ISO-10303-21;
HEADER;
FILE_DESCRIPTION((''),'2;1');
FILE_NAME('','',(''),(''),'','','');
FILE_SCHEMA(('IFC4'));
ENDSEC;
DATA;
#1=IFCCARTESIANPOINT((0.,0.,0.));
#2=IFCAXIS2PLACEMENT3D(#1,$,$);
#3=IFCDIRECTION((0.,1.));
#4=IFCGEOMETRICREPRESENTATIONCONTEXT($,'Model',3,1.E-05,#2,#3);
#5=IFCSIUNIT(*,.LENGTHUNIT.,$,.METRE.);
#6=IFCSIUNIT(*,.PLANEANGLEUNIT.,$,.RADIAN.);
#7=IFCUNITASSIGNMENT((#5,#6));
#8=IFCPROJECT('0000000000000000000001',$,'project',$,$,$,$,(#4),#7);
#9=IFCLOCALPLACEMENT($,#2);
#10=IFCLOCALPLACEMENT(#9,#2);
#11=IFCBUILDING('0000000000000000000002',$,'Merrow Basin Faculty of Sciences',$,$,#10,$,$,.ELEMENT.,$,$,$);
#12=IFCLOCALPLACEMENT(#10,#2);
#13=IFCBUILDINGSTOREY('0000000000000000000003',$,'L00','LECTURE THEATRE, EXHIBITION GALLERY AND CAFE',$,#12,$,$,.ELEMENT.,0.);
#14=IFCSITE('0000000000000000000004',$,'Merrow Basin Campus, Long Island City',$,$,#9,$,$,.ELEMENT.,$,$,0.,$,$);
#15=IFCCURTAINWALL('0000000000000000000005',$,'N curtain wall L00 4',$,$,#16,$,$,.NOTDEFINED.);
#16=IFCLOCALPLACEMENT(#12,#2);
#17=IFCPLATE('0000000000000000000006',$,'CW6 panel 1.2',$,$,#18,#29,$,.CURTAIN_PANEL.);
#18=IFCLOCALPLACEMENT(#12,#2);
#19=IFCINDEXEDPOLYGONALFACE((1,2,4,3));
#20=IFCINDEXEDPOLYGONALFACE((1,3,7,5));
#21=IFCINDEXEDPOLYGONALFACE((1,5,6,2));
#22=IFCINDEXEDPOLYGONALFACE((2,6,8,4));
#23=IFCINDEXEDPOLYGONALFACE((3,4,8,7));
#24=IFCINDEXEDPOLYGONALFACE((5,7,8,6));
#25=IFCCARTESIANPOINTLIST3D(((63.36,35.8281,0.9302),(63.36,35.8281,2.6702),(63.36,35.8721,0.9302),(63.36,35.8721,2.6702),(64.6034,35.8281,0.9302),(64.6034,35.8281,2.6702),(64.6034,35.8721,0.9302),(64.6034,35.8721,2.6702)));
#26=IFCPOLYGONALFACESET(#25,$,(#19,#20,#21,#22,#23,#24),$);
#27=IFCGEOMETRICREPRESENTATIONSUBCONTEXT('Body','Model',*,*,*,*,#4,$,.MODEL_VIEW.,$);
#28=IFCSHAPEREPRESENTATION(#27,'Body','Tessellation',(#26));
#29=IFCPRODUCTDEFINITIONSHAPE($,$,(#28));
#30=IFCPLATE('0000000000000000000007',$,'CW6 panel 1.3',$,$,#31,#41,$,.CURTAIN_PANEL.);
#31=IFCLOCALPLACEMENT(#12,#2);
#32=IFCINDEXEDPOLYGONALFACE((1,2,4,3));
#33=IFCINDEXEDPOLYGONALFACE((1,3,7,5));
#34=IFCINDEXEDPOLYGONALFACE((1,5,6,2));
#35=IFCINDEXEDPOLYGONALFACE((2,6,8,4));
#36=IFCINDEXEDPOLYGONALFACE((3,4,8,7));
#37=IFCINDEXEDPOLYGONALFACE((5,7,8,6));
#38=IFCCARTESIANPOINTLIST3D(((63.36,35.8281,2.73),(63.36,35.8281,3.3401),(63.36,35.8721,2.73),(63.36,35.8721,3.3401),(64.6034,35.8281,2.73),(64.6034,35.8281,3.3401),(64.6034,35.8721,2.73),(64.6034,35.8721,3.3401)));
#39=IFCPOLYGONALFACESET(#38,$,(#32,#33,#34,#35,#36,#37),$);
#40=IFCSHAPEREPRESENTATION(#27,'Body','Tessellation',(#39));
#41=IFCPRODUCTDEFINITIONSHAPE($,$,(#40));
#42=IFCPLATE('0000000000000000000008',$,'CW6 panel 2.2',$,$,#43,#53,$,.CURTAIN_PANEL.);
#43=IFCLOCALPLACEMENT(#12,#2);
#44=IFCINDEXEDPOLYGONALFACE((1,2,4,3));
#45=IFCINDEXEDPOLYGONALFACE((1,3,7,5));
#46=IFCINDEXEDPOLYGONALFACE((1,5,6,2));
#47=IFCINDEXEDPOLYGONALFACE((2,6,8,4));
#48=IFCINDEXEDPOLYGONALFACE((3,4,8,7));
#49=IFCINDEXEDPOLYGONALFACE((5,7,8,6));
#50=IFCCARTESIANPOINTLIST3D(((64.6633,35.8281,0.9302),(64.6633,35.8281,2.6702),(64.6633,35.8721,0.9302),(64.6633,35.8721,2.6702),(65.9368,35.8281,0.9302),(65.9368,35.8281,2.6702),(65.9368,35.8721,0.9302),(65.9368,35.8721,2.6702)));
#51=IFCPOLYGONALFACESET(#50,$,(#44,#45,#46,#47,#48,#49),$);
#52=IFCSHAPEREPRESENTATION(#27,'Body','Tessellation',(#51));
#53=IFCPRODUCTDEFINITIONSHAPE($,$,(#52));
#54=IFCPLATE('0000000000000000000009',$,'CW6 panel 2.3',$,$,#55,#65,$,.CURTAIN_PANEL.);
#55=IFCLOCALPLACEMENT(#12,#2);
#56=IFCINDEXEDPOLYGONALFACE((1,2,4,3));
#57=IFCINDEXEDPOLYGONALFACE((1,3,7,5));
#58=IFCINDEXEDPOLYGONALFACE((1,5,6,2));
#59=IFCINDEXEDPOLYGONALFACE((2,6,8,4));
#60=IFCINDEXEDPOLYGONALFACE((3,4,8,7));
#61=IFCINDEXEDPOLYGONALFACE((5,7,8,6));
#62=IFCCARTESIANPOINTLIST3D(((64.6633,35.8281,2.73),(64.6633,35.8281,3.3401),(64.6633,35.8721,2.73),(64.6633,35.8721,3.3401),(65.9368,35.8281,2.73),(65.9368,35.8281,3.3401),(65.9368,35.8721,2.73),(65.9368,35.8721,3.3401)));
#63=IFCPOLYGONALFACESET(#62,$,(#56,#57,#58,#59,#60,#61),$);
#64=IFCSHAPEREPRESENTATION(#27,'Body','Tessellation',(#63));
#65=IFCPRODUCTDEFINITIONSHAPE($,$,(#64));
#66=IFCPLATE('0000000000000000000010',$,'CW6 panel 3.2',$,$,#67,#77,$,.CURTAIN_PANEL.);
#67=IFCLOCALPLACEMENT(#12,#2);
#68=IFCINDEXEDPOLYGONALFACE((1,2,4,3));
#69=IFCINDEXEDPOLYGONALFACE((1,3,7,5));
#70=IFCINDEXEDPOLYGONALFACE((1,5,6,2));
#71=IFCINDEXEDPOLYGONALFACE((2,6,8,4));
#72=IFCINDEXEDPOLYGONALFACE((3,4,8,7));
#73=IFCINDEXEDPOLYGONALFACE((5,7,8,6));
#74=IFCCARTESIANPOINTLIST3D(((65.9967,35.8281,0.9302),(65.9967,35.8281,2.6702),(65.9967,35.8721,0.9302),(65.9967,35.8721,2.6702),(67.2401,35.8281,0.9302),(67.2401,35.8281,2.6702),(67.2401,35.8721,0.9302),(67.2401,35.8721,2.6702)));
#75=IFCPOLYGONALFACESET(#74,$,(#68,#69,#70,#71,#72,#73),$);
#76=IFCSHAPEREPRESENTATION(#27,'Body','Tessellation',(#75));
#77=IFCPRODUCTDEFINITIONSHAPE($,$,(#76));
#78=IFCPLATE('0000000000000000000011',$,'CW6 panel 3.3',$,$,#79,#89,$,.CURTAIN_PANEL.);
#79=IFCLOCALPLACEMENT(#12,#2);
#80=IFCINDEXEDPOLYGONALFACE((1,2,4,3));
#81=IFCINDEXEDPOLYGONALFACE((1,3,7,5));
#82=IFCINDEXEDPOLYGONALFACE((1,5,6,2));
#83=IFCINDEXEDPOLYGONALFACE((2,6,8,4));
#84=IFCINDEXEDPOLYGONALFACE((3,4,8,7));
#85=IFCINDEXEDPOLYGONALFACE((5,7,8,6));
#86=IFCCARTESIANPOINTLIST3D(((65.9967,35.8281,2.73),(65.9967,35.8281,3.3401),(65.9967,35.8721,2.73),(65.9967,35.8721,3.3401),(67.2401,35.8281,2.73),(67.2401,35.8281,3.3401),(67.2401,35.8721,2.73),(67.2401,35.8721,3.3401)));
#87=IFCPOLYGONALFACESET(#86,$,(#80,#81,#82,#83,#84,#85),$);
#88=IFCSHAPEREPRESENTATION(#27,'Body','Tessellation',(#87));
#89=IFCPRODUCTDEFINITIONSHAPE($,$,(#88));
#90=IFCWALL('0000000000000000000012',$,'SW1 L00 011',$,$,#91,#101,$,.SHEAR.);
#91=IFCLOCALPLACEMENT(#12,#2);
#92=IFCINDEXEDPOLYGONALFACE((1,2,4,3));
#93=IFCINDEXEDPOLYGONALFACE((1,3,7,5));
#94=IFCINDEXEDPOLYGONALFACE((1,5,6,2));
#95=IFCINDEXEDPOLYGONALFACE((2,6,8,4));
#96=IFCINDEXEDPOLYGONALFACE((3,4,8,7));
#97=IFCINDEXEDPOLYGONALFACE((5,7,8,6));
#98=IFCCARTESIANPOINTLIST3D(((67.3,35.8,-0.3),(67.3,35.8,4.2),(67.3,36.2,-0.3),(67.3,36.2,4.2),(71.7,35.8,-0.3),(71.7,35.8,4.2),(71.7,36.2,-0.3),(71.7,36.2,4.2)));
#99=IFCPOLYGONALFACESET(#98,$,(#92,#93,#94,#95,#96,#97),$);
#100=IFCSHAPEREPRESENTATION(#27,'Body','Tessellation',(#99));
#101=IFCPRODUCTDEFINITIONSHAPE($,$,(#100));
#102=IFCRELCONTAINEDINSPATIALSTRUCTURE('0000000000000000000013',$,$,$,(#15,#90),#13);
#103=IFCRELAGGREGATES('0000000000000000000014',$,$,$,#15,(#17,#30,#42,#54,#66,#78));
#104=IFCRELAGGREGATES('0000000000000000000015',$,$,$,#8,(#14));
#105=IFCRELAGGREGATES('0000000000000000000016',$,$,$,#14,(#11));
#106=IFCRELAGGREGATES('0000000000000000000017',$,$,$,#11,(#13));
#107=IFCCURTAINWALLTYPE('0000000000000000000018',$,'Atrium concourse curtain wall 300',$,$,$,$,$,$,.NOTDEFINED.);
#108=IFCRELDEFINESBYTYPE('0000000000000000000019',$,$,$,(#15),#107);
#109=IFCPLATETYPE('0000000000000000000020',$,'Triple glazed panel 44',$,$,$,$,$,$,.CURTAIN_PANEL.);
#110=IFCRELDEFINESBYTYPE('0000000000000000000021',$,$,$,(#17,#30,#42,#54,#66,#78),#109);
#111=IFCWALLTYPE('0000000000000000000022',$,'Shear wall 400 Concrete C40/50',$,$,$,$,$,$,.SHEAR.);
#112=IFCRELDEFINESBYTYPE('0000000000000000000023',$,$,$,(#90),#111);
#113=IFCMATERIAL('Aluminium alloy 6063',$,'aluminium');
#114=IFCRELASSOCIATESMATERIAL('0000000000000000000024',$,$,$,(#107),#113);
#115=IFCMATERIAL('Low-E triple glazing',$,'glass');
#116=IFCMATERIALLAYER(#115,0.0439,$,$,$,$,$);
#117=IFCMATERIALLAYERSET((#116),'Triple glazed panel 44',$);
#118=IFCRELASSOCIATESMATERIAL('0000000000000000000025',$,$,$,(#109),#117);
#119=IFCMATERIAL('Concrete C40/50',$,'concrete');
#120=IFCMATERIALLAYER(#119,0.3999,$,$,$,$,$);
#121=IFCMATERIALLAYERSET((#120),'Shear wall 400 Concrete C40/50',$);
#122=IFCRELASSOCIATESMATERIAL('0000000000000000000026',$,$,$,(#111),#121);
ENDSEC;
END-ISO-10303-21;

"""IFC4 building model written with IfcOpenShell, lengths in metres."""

from ifc_helpers import new_model, si_unit, direction, frame, frame_2d, origin, origin_2d, place, context, subcontext, project, spatial, rectangle, extrude, material, layer, layer_set, type_object, element, aggregate, save


model = new_model("IFC4")

# Units and contexts
model_context = context("Model", 3, precision=1e-05, world=origin(), true_north=direction((0.0, 1.0)))
body_context = subcontext(model_context, "Body", "Model", "MODEL_VIEW")
ifc_project = project(units=[si_unit("LENGTHUNIT", "METRE"), si_unit("PLANEANGLEUNIT", "RADIAN")], contexts=[model_context])

# Site, building, storey
site_placement = place(None, origin())
site = spatial("IfcSite", under=ifc_project, at=site_placement, Name="Merrow Basin Campus, Long Island City", CompositionType="ELEMENT", RefElevation=0.0)
building_placement = place(site_placement, origin())
building = spatial("IfcBuilding", under=site, at=building_placement, Name="Merrow Basin Faculty of Sciences", CompositionType="ELEMENT")
storey_placement = place(building_placement, origin())
storey = spatial("IfcBuildingStorey", under=building, at=storey_placement, Name="L00", Description="LECTURE THEATRE, EXHIBITION GALLERY AND CAFE", CompositionType="ELEMENT", Elevation=0.0)

# Curtain wall, plates
ifc_material_1 = material(Name="Aluminium alloy 6063", Category="aluminium")
curtain_wall_type = type_object("IfcCurtainWallType", Name="Atrium concourse curtain wall 300", PredefinedType="NOTDEFINED", material=ifc_material_1)
curtain_wall_placement = place(storey_placement, origin())
curtain_wall = element("IfcCurtainWall", 1, at=curtain_wall_placement, inside=storey, type_object=curtain_wall_type, Name="N curtain wall L00 4", PredefinedType="NOTDEFINED")
ifc_material_2 = material(Name="Low-E triple glazing", Category="glass")
ifc_layer_1 = layer(ifc_material_2, 0.0439)
ifc_layer_set_1 = layer_set([ifc_layer_1], Name="Triple glazed panel 44")
plate_type_1 = type_object("IfcPlateType", Name="Triple glazed panel 44", PredefinedType="CURTAIN_PANEL", material=ifc_layer_set_1)
plate_1_placement = place(storey_placement, frame((63.9817, 35.8501, 0.9302), z_axis=(0.0, 0.0, 1.0), x_axis=(1.0, 0.0, 0.0)))
plate_1 = element("IfcPlate", 2, at=plate_1_placement, type_object=plate_type_1, Name="CW6 panel 1.2", PredefinedType="CURTAIN_PANEL", context=body_context, shape_type="SweptSolid", body=[
    extrude(rectangle(XDim=1.2434, YDim=0.0439, at=origin_2d()), origin(), (0.0, 0.0, 1.0), 1.74),
])
plate_2_placement = place(storey_placement, frame((63.9817, 35.8501, 2.73), z_axis=(0.0, 0.0, 1.0), x_axis=(1.0, 0.0, 0.0)))
plate_2 = element("IfcPlate", 3, at=plate_2_placement, type_object=plate_type_1, Name="CW6 panel 1.3", PredefinedType="CURTAIN_PANEL", context=body_context, shape_type="SweptSolid", body=[
    extrude(rectangle(XDim=1.2434, YDim=0.0439, at=origin_2d()), origin(), (0.0, 0.0, 1.0), 0.6101),
])
plate_3_placement = place(storey_placement, frame((65.3, 35.8501, 0.9302), z_axis=(0.0, 0.0, 1.0), x_axis=(1.0, 0.0, 0.0)))
plate_3 = element("IfcPlate", 4, at=plate_3_placement, type_object=plate_type_1, Name="CW6 panel 2.2", PredefinedType="CURTAIN_PANEL", context=body_context, shape_type="SweptSolid", body=[
    extrude(rectangle(XDim=1.2734, YDim=0.0439, at=origin_2d()), origin(), (0.0, 0.0, 1.0), 1.74),
])
plate_4_placement = place(storey_placement, frame((65.3, 35.8501, 2.73), z_axis=(0.0, 0.0, 1.0), x_axis=(1.0, 0.0, 0.0)))
plate_4 = element("IfcPlate", 5, at=plate_4_placement, type_object=plate_type_1, Name="CW6 panel 2.3", PredefinedType="CURTAIN_PANEL", context=body_context, shape_type="SweptSolid", body=[
    extrude(rectangle(XDim=1.2734, YDim=0.0439, at=origin_2d()), origin(), (0.0, 0.0, 1.0), 0.6101),
])
plate_5_placement = place(storey_placement, frame((66.6184, 35.8501, 0.9302), z_axis=(0.0, 0.0, 1.0), x_axis=(1.0, 0.0, 0.0)))
plate_5 = element("IfcPlate", 6, at=plate_5_placement, type_object=plate_type_1, Name="CW6 panel 3.2", PredefinedType="CURTAIN_PANEL", context=body_context, shape_type="SweptSolid", body=[
    extrude(rectangle(XDim=1.2434, YDim=0.0439, at=origin_2d()), origin(), (0.0, 0.0, 1.0), 1.74),
])
plate_6_placement = place(storey_placement, frame((66.6184, 35.8501, 2.73), z_axis=(0.0, 0.0, 1.0), x_axis=(1.0, 0.0, 0.0)))
plate_6 = element("IfcPlate", 7, at=plate_6_placement, type_object=plate_type_1, Name="CW6 panel 3.3", PredefinedType="CURTAIN_PANEL", context=body_context, shape_type="SweptSolid", body=[
    extrude(rectangle(XDim=1.2434, YDim=0.0439, at=origin_2d()), origin(), (0.0, 0.0, 1.0), 0.6101),
])
aggregate(curtain_wall, [plate_1, plate_2, plate_3, plate_4, plate_5, plate_6])

# Wall
ifc_material_3 = material(Name="Concrete C40/50", Category="concrete")
ifc_layer_2 = layer(ifc_material_3, 0.3999)
ifc_layer_set_2 = layer_set([ifc_layer_2], Name="Shear wall 400 Concrete C40/50")
wall_type = type_object("IfcWallType", Name="Shear wall 400 Concrete C40/50", PredefinedType="SHEAR", material=ifc_layer_set_2)
wall_placement = place(storey_placement, frame((67.3, 36.0, -0.3), z_axis=(0.0, 0.0, 1.0), x_axis=(1.0, 0.0, 0.0)))
element("IfcWall", 8, at=wall_placement, inside=storey, type_object=wall_type, Name="SW1 L00 011", PredefinedType="SHEAR", context=body_context, shape_type="SweptSolid", body=[
    extrude(rectangle(XDim=4.3999, YDim=0.3999, at=frame_2d((2.2, 0.0))), origin(), (0.0, 0.0, 1.0), 4.5),
])

save(model, "model.ifc")
